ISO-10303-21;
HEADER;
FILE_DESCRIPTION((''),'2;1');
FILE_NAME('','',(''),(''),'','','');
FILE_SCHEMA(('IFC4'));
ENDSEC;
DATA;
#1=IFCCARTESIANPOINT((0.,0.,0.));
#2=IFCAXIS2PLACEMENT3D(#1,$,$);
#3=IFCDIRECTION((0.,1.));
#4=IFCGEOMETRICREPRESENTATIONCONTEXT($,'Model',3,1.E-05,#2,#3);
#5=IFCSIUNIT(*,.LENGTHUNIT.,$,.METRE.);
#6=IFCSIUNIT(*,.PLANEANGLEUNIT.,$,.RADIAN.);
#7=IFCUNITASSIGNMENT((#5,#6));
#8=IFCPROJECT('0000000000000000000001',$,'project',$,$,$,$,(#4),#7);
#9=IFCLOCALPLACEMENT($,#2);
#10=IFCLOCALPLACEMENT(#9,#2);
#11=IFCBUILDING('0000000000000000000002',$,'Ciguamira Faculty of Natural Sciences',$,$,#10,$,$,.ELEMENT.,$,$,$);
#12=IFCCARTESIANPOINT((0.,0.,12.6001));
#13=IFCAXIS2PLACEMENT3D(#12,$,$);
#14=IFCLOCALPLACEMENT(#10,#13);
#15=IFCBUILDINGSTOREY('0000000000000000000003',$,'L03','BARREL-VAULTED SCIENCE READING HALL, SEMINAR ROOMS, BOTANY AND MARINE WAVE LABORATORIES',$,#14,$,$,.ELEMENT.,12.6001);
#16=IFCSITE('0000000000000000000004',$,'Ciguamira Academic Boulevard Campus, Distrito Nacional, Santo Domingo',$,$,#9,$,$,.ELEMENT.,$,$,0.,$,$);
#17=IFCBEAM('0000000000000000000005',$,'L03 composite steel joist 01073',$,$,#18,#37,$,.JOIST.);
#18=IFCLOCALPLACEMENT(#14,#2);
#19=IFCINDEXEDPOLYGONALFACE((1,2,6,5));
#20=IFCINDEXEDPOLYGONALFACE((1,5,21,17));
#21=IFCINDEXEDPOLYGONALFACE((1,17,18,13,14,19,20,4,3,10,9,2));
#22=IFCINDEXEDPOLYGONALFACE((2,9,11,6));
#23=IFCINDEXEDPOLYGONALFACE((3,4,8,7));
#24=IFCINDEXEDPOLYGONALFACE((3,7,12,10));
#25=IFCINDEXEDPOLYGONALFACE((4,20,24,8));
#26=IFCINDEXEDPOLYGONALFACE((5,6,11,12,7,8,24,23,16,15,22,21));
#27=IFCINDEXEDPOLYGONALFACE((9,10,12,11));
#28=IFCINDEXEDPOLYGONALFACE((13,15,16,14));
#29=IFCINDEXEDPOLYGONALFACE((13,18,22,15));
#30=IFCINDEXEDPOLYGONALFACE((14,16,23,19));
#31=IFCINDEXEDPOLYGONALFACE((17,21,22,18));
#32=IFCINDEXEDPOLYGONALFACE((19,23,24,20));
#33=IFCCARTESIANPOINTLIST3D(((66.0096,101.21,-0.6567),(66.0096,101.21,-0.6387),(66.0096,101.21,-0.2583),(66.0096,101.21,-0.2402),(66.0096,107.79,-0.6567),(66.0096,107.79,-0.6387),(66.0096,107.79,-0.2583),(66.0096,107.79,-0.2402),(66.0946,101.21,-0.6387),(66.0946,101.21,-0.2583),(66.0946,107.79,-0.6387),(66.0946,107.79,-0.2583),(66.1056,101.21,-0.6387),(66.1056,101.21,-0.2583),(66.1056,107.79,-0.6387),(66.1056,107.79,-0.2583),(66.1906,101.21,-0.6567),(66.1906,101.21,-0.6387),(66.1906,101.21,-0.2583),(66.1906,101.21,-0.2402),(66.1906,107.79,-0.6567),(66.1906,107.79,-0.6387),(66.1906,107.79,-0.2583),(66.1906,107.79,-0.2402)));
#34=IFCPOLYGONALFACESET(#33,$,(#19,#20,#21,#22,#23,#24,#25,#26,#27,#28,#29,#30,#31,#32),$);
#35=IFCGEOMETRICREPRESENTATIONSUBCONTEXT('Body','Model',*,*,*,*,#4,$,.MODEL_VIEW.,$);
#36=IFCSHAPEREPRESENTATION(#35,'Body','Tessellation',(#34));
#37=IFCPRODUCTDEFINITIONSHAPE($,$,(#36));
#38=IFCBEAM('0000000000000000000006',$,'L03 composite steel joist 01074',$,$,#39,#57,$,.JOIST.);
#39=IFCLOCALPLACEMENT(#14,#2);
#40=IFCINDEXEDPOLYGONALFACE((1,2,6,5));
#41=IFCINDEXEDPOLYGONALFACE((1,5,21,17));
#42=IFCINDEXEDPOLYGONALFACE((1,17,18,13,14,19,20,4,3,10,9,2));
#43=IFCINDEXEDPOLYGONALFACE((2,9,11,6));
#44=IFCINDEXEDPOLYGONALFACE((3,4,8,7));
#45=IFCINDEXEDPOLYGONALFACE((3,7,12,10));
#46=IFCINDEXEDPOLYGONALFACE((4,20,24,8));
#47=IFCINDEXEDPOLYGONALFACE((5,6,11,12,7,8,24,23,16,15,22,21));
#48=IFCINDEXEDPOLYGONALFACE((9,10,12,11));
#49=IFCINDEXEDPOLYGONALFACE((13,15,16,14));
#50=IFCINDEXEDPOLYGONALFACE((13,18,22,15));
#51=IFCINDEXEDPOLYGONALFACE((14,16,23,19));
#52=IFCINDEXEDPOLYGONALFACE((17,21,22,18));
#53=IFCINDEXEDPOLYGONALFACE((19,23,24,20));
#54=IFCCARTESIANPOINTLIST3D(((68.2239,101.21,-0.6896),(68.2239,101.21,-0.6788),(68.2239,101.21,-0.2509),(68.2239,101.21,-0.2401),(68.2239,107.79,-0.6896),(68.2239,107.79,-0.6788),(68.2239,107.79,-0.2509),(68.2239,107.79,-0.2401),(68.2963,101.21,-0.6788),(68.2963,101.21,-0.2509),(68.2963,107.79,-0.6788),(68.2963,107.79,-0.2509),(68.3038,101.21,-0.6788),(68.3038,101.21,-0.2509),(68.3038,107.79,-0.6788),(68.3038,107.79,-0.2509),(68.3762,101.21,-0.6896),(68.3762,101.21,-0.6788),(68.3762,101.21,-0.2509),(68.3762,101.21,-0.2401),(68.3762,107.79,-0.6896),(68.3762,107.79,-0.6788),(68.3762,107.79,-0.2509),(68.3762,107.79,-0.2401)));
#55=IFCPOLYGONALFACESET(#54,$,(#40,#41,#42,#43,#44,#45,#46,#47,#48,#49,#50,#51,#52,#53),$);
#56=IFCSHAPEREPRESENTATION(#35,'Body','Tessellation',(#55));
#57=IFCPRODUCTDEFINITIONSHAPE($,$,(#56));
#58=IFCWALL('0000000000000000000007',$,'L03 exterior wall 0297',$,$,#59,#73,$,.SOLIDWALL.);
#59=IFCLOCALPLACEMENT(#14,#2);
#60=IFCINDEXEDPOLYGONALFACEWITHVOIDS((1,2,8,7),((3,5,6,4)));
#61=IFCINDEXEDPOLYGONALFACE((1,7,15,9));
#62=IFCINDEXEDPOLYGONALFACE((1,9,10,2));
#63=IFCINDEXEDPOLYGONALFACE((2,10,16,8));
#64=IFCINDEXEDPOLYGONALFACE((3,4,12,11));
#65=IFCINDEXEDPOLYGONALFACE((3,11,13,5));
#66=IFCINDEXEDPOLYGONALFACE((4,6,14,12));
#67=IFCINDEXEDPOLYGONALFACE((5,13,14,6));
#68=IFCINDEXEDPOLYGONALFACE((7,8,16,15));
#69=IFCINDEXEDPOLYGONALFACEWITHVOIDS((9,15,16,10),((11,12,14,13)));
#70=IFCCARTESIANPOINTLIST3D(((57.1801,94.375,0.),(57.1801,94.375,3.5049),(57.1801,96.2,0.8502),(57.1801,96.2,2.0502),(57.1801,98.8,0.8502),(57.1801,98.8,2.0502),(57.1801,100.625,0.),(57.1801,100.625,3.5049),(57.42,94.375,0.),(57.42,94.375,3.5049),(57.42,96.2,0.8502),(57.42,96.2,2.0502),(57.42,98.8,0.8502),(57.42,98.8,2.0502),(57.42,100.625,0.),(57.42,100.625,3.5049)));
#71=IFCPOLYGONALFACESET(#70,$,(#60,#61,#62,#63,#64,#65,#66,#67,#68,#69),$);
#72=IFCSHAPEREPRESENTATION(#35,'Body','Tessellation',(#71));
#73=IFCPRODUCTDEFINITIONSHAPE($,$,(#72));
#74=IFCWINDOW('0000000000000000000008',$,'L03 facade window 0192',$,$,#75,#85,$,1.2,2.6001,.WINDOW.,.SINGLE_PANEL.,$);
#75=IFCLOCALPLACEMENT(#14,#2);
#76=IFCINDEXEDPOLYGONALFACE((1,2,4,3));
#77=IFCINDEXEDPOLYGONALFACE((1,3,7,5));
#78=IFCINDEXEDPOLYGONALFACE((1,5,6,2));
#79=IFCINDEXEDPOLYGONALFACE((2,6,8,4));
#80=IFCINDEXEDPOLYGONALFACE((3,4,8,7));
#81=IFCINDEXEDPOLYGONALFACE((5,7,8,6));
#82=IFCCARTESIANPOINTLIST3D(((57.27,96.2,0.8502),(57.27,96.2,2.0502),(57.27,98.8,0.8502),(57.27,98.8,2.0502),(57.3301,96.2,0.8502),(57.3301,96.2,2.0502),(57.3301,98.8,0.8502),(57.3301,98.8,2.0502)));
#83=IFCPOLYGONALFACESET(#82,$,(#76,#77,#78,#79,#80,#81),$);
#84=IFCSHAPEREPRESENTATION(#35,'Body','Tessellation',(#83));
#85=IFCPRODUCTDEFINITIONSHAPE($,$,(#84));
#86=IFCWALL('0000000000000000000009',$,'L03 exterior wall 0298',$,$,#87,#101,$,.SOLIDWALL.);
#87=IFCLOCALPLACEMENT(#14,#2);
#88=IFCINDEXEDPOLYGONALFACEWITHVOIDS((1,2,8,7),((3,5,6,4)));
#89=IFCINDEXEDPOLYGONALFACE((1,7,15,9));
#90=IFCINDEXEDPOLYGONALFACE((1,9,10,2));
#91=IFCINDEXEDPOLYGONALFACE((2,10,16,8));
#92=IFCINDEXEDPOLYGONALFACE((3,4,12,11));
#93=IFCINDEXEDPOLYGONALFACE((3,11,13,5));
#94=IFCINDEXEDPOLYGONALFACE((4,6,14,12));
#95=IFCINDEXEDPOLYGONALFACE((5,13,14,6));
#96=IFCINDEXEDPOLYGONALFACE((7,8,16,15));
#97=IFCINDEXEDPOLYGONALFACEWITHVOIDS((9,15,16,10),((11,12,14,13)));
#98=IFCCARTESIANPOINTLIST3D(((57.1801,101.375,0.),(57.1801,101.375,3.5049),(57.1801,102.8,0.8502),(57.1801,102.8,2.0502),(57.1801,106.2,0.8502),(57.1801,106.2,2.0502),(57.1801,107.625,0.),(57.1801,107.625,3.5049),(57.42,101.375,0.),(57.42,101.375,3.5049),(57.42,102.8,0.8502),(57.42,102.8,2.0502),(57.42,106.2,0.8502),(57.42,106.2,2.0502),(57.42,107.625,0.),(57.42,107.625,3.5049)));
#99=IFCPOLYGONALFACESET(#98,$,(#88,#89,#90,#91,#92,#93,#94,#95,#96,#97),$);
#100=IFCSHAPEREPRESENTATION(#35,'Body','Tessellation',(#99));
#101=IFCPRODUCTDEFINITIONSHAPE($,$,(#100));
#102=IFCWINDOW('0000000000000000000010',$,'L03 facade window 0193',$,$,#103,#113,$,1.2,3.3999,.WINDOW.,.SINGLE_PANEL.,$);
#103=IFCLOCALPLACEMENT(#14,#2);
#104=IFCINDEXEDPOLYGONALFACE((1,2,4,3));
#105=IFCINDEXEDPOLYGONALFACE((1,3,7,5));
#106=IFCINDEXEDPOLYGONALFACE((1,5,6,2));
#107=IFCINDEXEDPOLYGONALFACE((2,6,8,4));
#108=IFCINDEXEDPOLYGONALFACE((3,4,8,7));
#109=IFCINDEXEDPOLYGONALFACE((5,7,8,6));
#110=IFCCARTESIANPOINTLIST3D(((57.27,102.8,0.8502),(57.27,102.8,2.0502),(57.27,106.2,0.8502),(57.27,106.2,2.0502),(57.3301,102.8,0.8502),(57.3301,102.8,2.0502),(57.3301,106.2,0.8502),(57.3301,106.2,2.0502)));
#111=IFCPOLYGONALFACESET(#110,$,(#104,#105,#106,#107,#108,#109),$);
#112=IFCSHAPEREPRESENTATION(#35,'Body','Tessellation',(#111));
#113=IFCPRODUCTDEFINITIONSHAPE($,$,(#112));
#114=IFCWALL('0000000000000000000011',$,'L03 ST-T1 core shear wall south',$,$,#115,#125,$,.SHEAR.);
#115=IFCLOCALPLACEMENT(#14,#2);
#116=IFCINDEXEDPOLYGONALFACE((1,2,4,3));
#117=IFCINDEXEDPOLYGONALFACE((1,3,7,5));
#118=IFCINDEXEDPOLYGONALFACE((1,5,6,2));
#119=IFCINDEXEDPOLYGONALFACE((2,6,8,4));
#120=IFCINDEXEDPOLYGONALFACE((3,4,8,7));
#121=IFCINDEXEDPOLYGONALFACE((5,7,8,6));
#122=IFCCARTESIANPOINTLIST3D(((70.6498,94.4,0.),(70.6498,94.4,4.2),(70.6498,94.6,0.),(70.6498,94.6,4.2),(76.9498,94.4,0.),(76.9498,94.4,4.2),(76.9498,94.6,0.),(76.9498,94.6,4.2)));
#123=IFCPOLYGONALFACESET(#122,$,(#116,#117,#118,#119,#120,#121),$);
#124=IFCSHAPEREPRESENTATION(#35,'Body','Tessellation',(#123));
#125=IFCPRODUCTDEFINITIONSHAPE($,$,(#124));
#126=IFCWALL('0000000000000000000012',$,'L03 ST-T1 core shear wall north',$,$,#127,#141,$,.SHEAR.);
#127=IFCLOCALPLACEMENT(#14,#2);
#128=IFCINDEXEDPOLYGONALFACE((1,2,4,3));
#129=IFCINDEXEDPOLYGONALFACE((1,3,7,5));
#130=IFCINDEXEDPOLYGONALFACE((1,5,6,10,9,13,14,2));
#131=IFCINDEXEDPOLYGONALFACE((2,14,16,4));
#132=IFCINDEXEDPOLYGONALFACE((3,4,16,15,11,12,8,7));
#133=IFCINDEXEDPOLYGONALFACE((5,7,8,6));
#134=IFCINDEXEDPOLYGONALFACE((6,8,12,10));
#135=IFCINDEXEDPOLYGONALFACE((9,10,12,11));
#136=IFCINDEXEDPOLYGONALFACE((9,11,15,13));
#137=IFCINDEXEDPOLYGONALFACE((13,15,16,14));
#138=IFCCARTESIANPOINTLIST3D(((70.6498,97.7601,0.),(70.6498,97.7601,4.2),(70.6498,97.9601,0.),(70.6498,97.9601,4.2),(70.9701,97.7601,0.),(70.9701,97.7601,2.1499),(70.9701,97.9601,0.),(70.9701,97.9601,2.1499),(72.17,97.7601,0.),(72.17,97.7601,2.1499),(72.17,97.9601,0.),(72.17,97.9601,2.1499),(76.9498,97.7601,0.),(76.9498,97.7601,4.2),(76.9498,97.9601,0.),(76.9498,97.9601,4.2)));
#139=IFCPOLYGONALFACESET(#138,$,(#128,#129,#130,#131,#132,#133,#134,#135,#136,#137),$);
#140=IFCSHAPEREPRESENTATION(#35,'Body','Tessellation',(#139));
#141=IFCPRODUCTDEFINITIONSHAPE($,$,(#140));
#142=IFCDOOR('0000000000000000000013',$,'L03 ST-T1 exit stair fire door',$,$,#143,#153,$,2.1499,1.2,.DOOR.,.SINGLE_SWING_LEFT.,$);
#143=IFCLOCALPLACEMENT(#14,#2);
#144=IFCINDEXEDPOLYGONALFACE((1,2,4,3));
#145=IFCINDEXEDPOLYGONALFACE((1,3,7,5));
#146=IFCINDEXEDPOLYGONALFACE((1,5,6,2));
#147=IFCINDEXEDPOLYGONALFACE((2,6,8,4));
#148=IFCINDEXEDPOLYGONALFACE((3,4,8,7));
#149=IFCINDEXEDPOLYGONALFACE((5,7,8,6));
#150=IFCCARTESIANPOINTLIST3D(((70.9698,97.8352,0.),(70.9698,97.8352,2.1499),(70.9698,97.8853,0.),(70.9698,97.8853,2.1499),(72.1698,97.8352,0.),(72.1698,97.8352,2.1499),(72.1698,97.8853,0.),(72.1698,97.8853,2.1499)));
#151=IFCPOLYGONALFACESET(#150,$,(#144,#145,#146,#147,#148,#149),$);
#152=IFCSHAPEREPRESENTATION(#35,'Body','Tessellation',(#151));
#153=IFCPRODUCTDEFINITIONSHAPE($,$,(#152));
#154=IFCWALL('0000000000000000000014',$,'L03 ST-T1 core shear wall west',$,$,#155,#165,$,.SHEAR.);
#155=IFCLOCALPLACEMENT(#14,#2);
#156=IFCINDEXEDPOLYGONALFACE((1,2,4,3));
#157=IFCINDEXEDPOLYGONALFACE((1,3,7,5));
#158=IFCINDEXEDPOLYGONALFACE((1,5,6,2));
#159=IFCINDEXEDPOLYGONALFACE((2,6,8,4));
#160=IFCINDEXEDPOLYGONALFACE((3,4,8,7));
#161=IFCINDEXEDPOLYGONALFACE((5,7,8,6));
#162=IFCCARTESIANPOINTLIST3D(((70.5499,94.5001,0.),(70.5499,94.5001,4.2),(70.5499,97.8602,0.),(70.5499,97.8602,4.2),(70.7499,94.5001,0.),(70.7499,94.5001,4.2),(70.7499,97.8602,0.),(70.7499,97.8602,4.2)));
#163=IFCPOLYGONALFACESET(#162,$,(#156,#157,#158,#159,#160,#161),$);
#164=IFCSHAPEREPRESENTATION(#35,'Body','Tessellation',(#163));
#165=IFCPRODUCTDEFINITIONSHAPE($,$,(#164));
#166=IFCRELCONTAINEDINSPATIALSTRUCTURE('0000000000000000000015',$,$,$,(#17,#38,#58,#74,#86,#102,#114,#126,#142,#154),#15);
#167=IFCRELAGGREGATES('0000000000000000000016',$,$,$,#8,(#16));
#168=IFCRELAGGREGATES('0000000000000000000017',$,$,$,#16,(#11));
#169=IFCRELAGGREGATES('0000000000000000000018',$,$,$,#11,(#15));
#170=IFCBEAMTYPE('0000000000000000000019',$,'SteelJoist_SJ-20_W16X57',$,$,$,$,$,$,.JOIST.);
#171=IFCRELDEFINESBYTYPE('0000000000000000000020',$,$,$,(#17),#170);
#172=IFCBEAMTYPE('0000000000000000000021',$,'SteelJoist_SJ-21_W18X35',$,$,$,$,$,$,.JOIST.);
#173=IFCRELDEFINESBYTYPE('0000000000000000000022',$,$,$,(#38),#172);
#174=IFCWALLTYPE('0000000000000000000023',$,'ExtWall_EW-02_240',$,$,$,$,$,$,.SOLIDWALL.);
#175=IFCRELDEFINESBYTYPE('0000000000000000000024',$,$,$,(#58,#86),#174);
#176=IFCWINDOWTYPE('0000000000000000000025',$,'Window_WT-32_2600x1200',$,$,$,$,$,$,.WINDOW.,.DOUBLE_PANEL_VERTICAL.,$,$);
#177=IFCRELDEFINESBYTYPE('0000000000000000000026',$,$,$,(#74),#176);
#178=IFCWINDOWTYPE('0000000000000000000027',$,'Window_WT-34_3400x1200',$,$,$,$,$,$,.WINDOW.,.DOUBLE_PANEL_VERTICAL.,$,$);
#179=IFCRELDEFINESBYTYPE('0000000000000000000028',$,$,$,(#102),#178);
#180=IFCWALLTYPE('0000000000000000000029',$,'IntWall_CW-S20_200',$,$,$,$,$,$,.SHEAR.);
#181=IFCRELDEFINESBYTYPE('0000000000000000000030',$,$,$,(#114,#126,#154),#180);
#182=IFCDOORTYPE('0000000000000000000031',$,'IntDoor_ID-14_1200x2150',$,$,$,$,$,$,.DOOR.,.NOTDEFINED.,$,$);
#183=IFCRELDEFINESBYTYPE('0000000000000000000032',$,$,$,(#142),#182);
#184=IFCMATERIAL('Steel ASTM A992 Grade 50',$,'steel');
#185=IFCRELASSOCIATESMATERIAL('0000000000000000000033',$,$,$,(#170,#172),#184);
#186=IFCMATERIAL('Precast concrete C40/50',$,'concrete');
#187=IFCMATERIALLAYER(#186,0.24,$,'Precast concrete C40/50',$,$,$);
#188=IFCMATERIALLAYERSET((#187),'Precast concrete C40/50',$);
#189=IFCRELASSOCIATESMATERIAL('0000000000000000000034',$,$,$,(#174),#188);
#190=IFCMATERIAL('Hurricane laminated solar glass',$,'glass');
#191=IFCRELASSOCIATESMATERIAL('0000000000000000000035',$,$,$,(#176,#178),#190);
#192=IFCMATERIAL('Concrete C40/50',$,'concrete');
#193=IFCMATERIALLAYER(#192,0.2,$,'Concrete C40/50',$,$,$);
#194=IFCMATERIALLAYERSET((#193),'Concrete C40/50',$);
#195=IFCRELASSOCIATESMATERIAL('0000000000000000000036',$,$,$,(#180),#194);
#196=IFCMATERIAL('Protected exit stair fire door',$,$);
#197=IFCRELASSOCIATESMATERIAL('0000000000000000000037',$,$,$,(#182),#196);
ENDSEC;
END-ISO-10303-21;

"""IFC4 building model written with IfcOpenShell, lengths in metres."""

from ifc_helpers import new_model, si_unit, direction, frame, frame_2d, origin, origin_2d, place, context, subcontext, project, spatial, rectangle, i_section, extrude, material, layer, layer_set, material_profile, profile_set, type_object, element, fill, save


model = new_model("IFC4")

# Units and contexts
model_context = context("Model", 3, precision=1e-05, world=origin(), true_north=direction((0.0, 1.0)))
body_context = subcontext(model_context, "Body", "Model", "MODEL_VIEW")
ifc_project = project(units=[si_unit("LENGTHUNIT", "METRE"), si_unit("PLANEANGLEUNIT", "RADIAN")], contexts=[model_context])

# Site, building, storey
site_placement = place(None, origin())
site = spatial("IfcSite", under=ifc_project, at=site_placement, Name="Ciguamira Academic Boulevard Campus, Distrito Nacional, Santo Domingo", CompositionType="ELEMENT", RefElevation=0.0)
building_placement = place(site_placement, origin())
building = spatial("IfcBuilding", under=site, at=building_placement, Name="Ciguamira Faculty of Natural Sciences", CompositionType="ELEMENT")
storey_placement = place(building_placement, frame((0.0, 0.0, 12.6001)))
storey = spatial("IfcBuildingStorey", under=building, at=storey_placement, Name="L03", Description="BARREL-VAULTED SCIENCE READING HALL, SEMINAR ROOMS, BOTANY AND MARINE WAVE LABORATORIES", CompositionType="ELEMENT", Elevation=12.6001)

# Beams
ifc_material_1 = material(Name="Concrete C40/50", Category="concrete")
ifc_material_2 = material(Name="Precast concrete C40/50", Category="concrete")
ifc_material_3 = material(Name="Steel ASTM A992 Grade 50", Category="steel")
ifc_material_profile_1 = material_profile(ifc_material_3, i_section(OverallWidth=0.1809, OverallDepth=0.4165, WebThickness=0.011, FlangeThickness=0.0181, at=origin_2d()), Name="W16X57")
ifc_profile_set_1 = profile_set([ifc_material_profile_1], Name="Steel ASTM A992 Grade 50")
beam_type_1 = type_object("IfcBeamType", Name="SteelJoist_SJ-20_W16X57", PredefinedType="JOIST", material=ifc_profile_set_1)
beam_1_placement = place(storey_placement, frame((66.1001, 101.21, -0.4485), z_axis=(0.0, 1.0, 0.0), x_axis=(-1.0, 0.0, 0.0)))
element("IfcBeam", 1, at=beam_1_placement, inside=storey, type_object=beam_type_1, Name="L03 composite steel joist 01073", PredefinedType="JOIST", context=body_context, shape_type="SweptSolid", body=[
    extrude(i_section(OverallWidth=0.1809, OverallDepth=0.4165, WebThickness=0.011, FlangeThickness=0.0181, at=origin_2d()), origin(), (0.0, 0.0, 1.0), 6.5801),
])
ifc_material_profile_2 = material_profile(ifc_material_3, i_section(OverallWidth=0.1523, OverallDepth=0.4495, WebThickness=0.0076, FlangeThickness=0.0107, at=origin_2d()), Name="W18X35")
ifc_profile_set_2 = profile_set([ifc_material_profile_2], Name="Steel ASTM A992 Grade 50")
beam_type_2 = type_object("IfcBeamType", Name="SteelJoist_SJ-21_W18X35", PredefinedType="JOIST", material=ifc_profile_set_2)
beam_2_placement = place(storey_placement, frame((68.3, 101.21, -0.4648), z_axis=(0.0, 1.0, 0.0), x_axis=(-1.0, 0.0, 0.0)))
element("IfcBeam", 2, at=beam_2_placement, inside=storey, type_object=beam_type_2, Name="L03 composite steel joist 01074", PredefinedType="JOIST", context=body_context, shape_type="SweptSolid", body=[
    extrude(i_section(OverallWidth=0.1523, OverallDepth=0.4495, WebThickness=0.0076, FlangeThickness=0.0107, at=origin_2d()), origin(), (0.0, 0.0, 1.0), 6.5801),
])

# Walls, openings, windows
ifc_layer_1 = layer(ifc_material_2, 0.24, Name="Precast concrete C40/50")
ifc_layer_set_1 = layer_set([ifc_layer_1], Name="Precast concrete C40/50")
wall_type_1 = type_object("IfcWallType", Name="ExtWall_EW-02_240", PredefinedType="SOLIDWALL", material=ifc_layer_set_1)
wall_1_placement = place(storey_placement, frame((57.3, 94.375, 0.0), z_axis=(0.0, 0.0, 1.0), x_axis=(0.0, 1.0, 0.0)))
wall_1 = element("IfcWall", 3, at=wall_1_placement, inside=storey, type_object=wall_type_1, Name="L03 exterior wall 0297", PredefinedType="SOLIDWALL", context=body_context, shape_type="SweptSolid", body=[
    extrude(rectangle(XDim=6.25, YDim=0.24, at=frame_2d((3.125, 0.0))), origin(), (0.0, 0.0, 1.0), 3.5049),
])
opening_1_placement = place(wall_1_placement, frame((1.825, 0.0, 0.8501)))
opening_1 = element("IfcOpeningElement", 4, at=opening_1_placement, cuts=wall_1, PredefinedType="OPENING", context=body_context, shape_type="SweptSolid", body=[
    extrude(rectangle(XDim=2.6001, YDim=1.2, at=frame_2d((1.3, 0.6001))), frame((0.0, 0.1299, 0.0), z_axis=(0.0, -1.0, 0.0), x_axis=(1.0, 0.0, 0.0)), (0.0, 0.0, 1.0), 0.26),
])
ifc_material_4 = material(Name="Hurricane laminated solar glass", Category="glass")
window_type_1 = type_object("IfcWindowType", Name="Window_WT-32_2600x1200", PartitioningType="DOUBLE_PANEL_VERTICAL", PredefinedType="WINDOW", material=ifc_material_4)
window_1_placement = place(opening_1_placement, origin())
window_1 = element("IfcWindow", 5, at=window_1_placement, inside=storey, type_object=window_type_1, Name="L03 facade window 0192", OverallHeight=1.2, OverallWidth=2.6001, PartitioningType="SINGLE_PANEL", PredefinedType="WINDOW", context=body_context, shape_type="SweptSolid", body=[
    extrude(rectangle(XDim=2.6001, YDim=1.2, at=frame_2d((1.3, 0.6001))), frame((0.0, 0.03, 0.0), z_axis=(0.0, -1.0, 0.0), x_axis=(1.0, 0.0, 0.0)), (0.0, 0.0, 1.0), 0.0601),
])
fill(opening_1, window_1)
wall_2_placement = place(storey_placement, frame((57.3, 101.375, 0.0), z_axis=(0.0, 0.0, 1.0), x_axis=(0.0, 1.0, 0.0)))
wall_2 = element("IfcWall", 6, at=wall_2_placement, inside=storey, type_object=wall_type_1, Name="L03 exterior wall 0298", PredefinedType="SOLIDWALL", context=body_context, shape_type="SweptSolid", body=[
    extrude(rectangle(XDim=6.25, YDim=0.24, at=frame_2d((3.125, 0.0))), origin(), (0.0, 0.0, 1.0), 3.5049),
])
opening_2_placement = place(wall_2_placement, frame((1.425, 0.0, 0.8501)))
opening_2 = element("IfcOpeningElement", 7, at=opening_2_placement, cuts=wall_2, PredefinedType="OPENING", context=body_context, shape_type="SweptSolid", body=[
    extrude(rectangle(XDim=3.3999, YDim=1.2, at=frame_2d((1.7, 0.6001))), frame((0.0, 0.1299, 0.0), z_axis=(0.0, -1.0, 0.0), x_axis=(1.0, 0.0, 0.0)), (0.0, 0.0, 1.0), 0.26),
])
window_type_2 = type_object("IfcWindowType", Name="Window_WT-34_3400x1200", PartitioningType="DOUBLE_PANEL_VERTICAL", PredefinedType="WINDOW", material=ifc_material_4)
window_2_placement = place(opening_2_placement, origin())
window_2 = element("IfcWindow", 8, at=window_2_placement, inside=storey, type_object=window_type_2, Name="L03 facade window 0193", OverallHeight=1.2, OverallWidth=3.3999, PartitioningType="SINGLE_PANEL", PredefinedType="WINDOW", context=body_context, shape_type="SweptSolid", body=[
    extrude(rectangle(XDim=3.3999, YDim=1.2, at=frame_2d((1.7, 0.6001))), frame((0.0, 0.03, 0.0), z_axis=(0.0, -1.0, 0.0), x_axis=(1.0, 0.0, 0.0)), (0.0, 0.0, 1.0), 0.0601),
])
fill(opening_2, window_2)

# Wall
ifc_layer_2 = layer(ifc_material_1, 0.2, Name="Concrete C40/50")
ifc_layer_set_2 = layer_set([ifc_layer_2], Name="Concrete C40/50")
wall_type_2 = type_object("IfcWallType", Name="IntWall_CW-S20_200", PredefinedType="SHEAR", material=ifc_layer_set_2)
wall_3_placement = place(storey_placement, frame((70.6499, 94.5, 0.0), z_axis=(0.0, 0.0, 1.0), x_axis=(1.0, 0.0, 0.0)))
element("IfcWall", 9, at=wall_3_placement, inside=storey, type_object=wall_type_2, Name="L03 ST-T1 core shear wall south", PredefinedType="SHEAR", context=body_context, shape_type="SweptSolid", body=[
    extrude(rectangle(XDim=6.3, YDim=0.2, at=frame_2d((3.1499, 0.0))), origin(), (0.0, 0.0, 1.0), 4.2),
])

# Wall, opening, door
wall_4_placement = place(storey_placement, frame((70.6499, 97.8601, 0.0), z_axis=(0.0, 0.0, 1.0), x_axis=(1.0, 0.0, 0.0)))
wall_4 = element("IfcWall", 10, at=wall_4_placement, inside=storey, type_object=wall_type_2, Name="L03 ST-T1 core shear wall north", PredefinedType="SHEAR", context=body_context, shape_type="SweptSolid", body=[
    extrude(rectangle(XDim=6.3, YDim=0.2, at=frame_2d((3.1499, 0.0))), origin(), (0.0, 0.0, 1.0), 4.2),
])
opening_3_placement = place(wall_4_placement, frame((0.3201, 0.0, 0.0)))
opening_3 = element("IfcOpeningElement", 11, at=opening_3_placement, cuts=wall_4, PredefinedType="OPENING", context=body_context, shape_type="SweptSolid", body=[
    extrude(rectangle(XDim=1.2, YDim=2.1499, at=frame_2d((0.6001, 1.075))), frame((0.0, 0.1099, 0.0), z_axis=(0.0, -1.0, 0.0), x_axis=(1.0, 0.0, 0.0)), (0.0, 0.0, 1.0), 0.22),
])
ifc_material_5 = material(Name="Protected exit stair fire door")
door_type_1 = type_object("IfcDoorType", Name="IntDoor_ID-14_1200x2150", OperationType="NOTDEFINED", PredefinedType="DOOR", material=ifc_material_5)
door_1_placement = place(opening_3_placement, frame((1.2, 0.0, 0.0), z_axis=(0.0, 0.0, 1.0), x_axis=(-1.0, 0.0, 0.0)))
door_1 = element("IfcDoor", 12, at=door_1_placement, inside=storey, type_object=door_type_1, Name="L03 ST-T1 exit stair fire door", OperationType="SINGLE_SWING_LEFT", OverallHeight=2.1499, OverallWidth=1.2, PredefinedType="DOOR", context=body_context, shape_type="SweptSolid", body=[
    extrude(rectangle(XDim=1.2, YDim=2.1499, at=frame_2d((0.6001, 1.075))), frame((0.0, 0.0249, 0.0), z_axis=(0.0, -1.0, 0.0), x_axis=(1.0, 0.0, 0.0)), (0.0, 0.0, 1.0), 0.05),
])
fill(opening_3, door_1)

# Wall
wall_5_placement = place(storey_placement, frame((70.6499, 94.5, 0.0), z_axis=(0.0, 0.0, 1.0), x_axis=(0.0, 1.0, 0.0)))
element("IfcWall", 13, at=wall_5_placement, inside=storey, type_object=wall_type_2, Name="L03 ST-T1 core shear wall west", PredefinedType="SHEAR", context=body_context, shape_type="SweptSolid", body=[
    extrude(rectangle(XDim=3.3601, YDim=0.2, at=frame_2d((1.6802, 0.0))), origin(), (0.0, 0.0, 1.0), 4.2),
])

save(model, "model.ifc")
